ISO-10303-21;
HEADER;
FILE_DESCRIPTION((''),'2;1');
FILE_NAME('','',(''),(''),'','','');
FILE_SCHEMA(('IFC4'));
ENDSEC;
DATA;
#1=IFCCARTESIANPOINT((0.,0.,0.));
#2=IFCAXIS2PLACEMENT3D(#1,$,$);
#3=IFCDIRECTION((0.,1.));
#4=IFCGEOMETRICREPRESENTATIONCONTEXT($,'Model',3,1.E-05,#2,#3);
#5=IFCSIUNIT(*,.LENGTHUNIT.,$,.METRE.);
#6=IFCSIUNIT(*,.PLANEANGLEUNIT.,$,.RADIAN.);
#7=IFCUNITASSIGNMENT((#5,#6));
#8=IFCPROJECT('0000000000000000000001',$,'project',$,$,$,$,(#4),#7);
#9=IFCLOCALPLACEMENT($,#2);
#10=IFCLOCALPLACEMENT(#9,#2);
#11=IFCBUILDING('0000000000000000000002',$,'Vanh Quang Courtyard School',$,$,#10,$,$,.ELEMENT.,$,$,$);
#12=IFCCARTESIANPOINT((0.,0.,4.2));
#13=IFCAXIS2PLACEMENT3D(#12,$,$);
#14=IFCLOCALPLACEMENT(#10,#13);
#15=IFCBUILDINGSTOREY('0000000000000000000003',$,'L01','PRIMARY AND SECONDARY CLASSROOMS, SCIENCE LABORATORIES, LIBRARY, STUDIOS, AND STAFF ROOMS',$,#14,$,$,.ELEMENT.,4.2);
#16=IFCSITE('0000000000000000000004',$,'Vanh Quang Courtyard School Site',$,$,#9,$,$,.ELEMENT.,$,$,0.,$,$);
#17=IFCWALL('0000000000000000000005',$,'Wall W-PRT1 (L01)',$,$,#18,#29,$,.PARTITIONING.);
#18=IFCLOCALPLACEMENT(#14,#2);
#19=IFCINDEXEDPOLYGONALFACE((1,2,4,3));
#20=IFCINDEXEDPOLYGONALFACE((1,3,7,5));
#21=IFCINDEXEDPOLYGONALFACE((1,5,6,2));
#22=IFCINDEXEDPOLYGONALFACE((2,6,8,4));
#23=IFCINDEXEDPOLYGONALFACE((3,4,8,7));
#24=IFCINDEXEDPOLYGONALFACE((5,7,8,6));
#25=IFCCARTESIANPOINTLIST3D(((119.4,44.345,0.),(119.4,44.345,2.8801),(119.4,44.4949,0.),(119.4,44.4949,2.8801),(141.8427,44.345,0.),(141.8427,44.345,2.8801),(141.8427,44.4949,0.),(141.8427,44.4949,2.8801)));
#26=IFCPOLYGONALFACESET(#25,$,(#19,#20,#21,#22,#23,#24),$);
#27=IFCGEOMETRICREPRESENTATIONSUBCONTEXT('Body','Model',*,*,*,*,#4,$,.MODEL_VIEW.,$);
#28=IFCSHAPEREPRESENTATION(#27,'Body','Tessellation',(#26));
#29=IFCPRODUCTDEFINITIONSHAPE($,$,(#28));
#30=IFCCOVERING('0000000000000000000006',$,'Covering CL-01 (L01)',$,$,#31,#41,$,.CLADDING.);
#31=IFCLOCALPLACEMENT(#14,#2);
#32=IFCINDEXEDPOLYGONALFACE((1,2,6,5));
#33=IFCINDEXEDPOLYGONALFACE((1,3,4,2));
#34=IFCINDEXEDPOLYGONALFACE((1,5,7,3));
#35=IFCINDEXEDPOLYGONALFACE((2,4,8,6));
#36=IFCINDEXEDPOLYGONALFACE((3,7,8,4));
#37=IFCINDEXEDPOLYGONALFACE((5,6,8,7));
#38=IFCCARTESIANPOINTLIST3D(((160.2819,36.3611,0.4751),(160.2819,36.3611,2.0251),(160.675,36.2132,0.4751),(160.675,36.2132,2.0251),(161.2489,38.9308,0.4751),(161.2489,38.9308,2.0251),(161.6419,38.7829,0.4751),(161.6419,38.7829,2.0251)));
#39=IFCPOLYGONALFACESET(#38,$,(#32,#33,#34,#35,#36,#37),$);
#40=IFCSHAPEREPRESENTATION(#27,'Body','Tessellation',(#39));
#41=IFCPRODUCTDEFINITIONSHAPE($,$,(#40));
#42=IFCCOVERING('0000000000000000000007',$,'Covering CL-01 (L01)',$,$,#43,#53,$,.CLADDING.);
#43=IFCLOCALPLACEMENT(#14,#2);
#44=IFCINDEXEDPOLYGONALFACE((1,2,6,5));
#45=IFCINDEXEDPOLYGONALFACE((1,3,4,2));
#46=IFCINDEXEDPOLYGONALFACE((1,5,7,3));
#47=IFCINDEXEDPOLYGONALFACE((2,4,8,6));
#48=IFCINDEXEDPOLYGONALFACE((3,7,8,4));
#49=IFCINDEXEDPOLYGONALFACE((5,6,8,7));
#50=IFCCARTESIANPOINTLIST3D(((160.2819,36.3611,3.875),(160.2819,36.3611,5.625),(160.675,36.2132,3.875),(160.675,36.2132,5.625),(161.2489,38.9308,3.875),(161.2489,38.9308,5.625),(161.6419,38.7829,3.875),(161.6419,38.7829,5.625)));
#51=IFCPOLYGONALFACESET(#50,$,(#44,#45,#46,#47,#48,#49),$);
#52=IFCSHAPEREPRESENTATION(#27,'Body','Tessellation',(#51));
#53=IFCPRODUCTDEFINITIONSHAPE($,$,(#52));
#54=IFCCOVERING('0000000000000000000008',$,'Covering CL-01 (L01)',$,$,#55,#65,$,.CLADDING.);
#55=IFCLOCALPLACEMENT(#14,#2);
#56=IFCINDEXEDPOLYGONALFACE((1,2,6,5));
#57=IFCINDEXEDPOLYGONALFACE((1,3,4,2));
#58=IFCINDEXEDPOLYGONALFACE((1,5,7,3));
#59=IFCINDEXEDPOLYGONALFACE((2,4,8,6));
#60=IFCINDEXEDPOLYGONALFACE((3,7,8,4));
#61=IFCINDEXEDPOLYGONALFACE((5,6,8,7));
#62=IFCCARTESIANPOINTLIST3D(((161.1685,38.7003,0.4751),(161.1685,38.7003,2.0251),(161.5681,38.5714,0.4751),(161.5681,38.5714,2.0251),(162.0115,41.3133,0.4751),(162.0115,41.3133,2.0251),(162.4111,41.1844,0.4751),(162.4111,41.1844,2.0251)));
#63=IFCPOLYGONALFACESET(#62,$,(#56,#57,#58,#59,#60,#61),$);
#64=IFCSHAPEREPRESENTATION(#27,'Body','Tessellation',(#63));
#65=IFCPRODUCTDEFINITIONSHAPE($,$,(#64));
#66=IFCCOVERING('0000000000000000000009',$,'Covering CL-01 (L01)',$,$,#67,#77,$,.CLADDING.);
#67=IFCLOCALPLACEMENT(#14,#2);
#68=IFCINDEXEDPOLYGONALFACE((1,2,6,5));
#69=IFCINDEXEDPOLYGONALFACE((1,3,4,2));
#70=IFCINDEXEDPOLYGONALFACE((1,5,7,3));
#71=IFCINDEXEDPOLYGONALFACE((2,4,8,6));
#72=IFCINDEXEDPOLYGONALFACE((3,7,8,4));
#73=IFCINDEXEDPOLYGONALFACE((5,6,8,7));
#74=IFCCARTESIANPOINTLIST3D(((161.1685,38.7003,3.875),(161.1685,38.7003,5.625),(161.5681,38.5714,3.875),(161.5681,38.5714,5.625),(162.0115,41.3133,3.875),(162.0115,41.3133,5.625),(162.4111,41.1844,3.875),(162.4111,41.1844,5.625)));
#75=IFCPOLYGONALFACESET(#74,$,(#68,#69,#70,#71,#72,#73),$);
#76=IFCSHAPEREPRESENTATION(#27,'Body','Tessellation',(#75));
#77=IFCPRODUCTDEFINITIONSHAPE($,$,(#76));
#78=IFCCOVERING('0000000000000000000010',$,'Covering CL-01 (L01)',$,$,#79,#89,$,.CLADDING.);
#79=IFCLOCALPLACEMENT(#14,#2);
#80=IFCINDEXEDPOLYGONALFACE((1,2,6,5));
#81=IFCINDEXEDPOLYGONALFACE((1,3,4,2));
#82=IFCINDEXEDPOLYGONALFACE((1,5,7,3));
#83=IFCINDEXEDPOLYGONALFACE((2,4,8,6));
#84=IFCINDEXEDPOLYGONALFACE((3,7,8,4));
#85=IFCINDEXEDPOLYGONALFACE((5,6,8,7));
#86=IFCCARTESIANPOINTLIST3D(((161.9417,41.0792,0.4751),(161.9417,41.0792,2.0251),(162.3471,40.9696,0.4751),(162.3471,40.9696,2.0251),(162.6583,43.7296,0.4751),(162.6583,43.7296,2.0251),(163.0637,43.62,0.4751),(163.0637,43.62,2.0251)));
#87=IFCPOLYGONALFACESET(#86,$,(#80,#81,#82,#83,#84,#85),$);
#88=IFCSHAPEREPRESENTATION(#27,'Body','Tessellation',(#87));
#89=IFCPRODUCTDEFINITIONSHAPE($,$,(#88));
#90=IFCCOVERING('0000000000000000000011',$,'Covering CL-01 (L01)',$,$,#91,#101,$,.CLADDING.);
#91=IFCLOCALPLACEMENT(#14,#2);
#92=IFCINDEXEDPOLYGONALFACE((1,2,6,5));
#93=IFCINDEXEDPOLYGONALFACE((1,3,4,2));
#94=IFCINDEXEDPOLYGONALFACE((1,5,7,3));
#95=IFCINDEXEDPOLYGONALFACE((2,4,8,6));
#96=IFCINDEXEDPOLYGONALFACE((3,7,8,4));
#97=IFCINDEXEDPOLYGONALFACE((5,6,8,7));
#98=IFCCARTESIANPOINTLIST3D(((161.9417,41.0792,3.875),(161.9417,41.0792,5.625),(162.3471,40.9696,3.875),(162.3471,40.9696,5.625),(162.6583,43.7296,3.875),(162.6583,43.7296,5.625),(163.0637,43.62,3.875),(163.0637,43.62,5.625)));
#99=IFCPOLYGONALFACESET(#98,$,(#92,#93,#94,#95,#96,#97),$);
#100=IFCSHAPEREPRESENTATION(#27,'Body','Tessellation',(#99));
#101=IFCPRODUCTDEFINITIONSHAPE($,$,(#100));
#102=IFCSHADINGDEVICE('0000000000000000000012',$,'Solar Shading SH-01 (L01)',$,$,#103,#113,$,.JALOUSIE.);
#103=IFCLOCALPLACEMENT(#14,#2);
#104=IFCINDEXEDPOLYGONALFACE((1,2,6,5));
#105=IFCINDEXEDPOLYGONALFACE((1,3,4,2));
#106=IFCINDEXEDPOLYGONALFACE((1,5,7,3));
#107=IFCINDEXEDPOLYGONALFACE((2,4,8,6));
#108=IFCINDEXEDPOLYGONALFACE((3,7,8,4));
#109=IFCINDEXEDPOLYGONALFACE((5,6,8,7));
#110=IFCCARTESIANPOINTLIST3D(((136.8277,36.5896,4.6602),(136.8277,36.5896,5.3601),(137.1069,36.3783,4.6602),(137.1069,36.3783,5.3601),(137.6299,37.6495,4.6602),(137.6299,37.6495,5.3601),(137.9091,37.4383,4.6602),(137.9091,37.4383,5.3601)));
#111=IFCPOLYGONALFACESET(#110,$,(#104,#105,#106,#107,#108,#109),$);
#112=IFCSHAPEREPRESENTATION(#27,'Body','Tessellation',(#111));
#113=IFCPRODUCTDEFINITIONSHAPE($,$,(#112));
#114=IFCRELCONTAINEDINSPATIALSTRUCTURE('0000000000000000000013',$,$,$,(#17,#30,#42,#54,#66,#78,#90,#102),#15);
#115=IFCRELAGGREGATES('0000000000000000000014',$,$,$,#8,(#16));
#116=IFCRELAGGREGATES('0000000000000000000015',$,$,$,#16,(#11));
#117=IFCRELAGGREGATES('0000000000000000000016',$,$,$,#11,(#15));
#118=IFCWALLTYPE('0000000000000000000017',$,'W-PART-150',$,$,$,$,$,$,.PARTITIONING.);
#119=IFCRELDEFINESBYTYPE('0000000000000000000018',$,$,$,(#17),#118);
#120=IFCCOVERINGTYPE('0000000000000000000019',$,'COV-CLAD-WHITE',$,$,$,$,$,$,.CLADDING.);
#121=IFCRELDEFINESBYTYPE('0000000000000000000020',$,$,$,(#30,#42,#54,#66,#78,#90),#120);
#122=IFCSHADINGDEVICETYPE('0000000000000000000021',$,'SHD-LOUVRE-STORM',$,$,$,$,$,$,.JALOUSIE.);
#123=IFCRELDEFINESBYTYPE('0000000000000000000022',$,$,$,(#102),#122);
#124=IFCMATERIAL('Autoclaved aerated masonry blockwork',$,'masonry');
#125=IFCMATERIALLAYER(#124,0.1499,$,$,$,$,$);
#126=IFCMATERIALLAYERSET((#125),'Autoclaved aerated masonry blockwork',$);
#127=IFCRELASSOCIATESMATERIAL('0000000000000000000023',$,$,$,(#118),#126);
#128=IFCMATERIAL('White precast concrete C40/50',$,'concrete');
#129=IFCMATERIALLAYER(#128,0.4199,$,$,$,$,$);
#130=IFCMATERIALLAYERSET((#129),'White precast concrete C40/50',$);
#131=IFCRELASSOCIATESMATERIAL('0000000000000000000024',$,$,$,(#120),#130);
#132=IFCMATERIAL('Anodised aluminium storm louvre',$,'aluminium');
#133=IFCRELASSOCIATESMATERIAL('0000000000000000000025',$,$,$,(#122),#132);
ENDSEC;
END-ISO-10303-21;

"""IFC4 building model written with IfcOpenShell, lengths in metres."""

from ifc_helpers import new_model, si_unit, direction, frame, frame_2d, origin, origin_2d, place, context, subcontext, project, spatial, rectangle, extrude, material, layer, layer_set, type_object, element, save


model = new_model("IFC4")

# Units and contexts
model_context = context("Model", 3, precision=1e-05, world=origin(), true_north=direction((0.0, 1.0)))
body_context = subcontext(model_context, "Body", "Model", "MODEL_VIEW")
ifc_project = project(units=[si_unit("LENGTHUNIT", "METRE"), si_unit("PLANEANGLEUNIT", "RADIAN")], contexts=[model_context])

# Site, building, storey
site_placement = place(None, origin())
site = spatial("IfcSite", under=ifc_project, at=site_placement, Name="Vanh Quang Courtyard School Site", CompositionType="ELEMENT", RefElevation=0.0)
building_placement = place(site_placement, origin())
building = spatial("IfcBuilding", under=site, at=building_placement, Name="Vanh Quang Courtyard School", CompositionType="ELEMENT")
storey_placement = place(building_placement, frame((0.0, 0.0, 4.2)))
storey = spatial("IfcBuildingStorey", under=building, at=storey_placement, Name="L01", Description="PRIMARY AND SECONDARY CLASSROOMS, SCIENCE LABORATORIES, LIBRARY, STUDIOS, AND STAFF ROOMS", CompositionType="ELEMENT", Elevation=4.2)

# Wall
ifc_material_1 = material(Name="Autoclaved aerated masonry blockwork", Category="masonry")
ifc_layer_1 = layer(ifc_material_1, 0.1499)
ifc_layer_set_1 = layer_set([ifc_layer_1], Name="Autoclaved aerated masonry blockwork")
wall_type_1 = type_object("IfcWallType", Name="W-PART-150", PredefinedType="PARTITIONING", material=ifc_layer_set_1)
wall_1_placement = place(storey_placement, frame((141.8425, 44.4199, 0.0), z_axis=(0.0, 0.0, 1.0), x_axis=(-1.0, 0.0, 0.0)))
element("IfcWall", 1, at=wall_1_placement, inside=storey, type_object=wall_type_1, Name="Wall W-PRT1 (L01)", PredefinedType="PARTITIONING", context=body_context, shape_type="SweptSolid", body=[
    extrude(rectangle(XDim=22.4426, YDim=0.1499, at=frame_2d((11.2212, 0.0))), origin(), (0.0, 0.0, 1.0), 2.8801),
])

# Coverings
ifc_material_2 = material(Name="White precast concrete C40/50", Category="concrete")
ifc_layer_2 = layer(ifc_material_2, 0.4199)
ifc_layer_set_2 = layer_set([ifc_layer_2], Name="White precast concrete C40/50")
covering_type = type_object("IfcCoveringType", Name="COV-CLAD-WHITE", PredefinedType="CLADDING", material=ifc_layer_set_2)
covering_1_placement = place(storey_placement, frame((160.9619, 37.572, 0.4751), z_axis=(0.0, 0.0, 1.0), x_axis=(0.352168, 0.935937, 0.0)))
element("IfcCovering", 2, at=covering_1_placement, inside=storey, type_object=covering_type, Name="Covering CL-01 (L01)", PredefinedType="CLADDING", context=body_context, shape_type="SweptSolid", body=[
    extrude(rectangle(XDim=2.7456, YDim=0.4199, at=origin_2d()), origin(), (0.0, 0.0, 1.0), 1.55),
])
covering_2_placement = place(storey_placement, frame((160.9619, 37.572, 3.875), z_axis=(0.0, 0.0, 1.0), x_axis=(0.352168, 0.935937, 0.0)))
element("IfcCovering", 3, at=covering_2_placement, inside=storey, type_object=covering_type, Name="Covering CL-01 (L01)", PredefinedType="CLADDING", context=body_context, shape_type="SweptSolid", body=[
    extrude(rectangle(XDim=2.7456, YDim=0.4199, at=origin_2d()), origin(), (0.0, 0.0, 1.0), 1.75),
])
covering_3_placement = place(storey_placement, frame((161.7898, 39.9424, 0.4751), z_axis=(0.0, 0.0, 1.0), x_axis=(0.307024, 0.951702, 0.0)))
element("IfcCovering", 4, at=covering_3_placement, inside=storey, type_object=covering_type, Name="Covering CL-01 (L01)", PredefinedType="CLADDING", context=body_context, shape_type="SweptSolid", body=[
    extrude(rectangle(XDim=2.7456, YDim=0.4199, at=origin_2d()), origin(), (0.0, 0.0, 1.0), 1.55),
])
covering_4_placement = place(storey_placement, frame((161.7898, 39.9424, 3.875), z_axis=(0.0, 0.0, 1.0), x_axis=(0.307024, 0.951702, 0.0)))
element("IfcCovering", 5, at=covering_4_placement, inside=storey, type_object=covering_type, Name="Covering CL-01 (L01)", PredefinedType="CLADDING", context=body_context, shape_type="SweptSolid", body=[
    extrude(rectangle(XDim=2.7456, YDim=0.4199, at=origin_2d()), origin(), (0.0, 0.0, 1.0), 1.75),
])
covering_5_placement = place(storey_placement, frame((162.5027, 42.3496, 0.4751), z_axis=(0.0, 0.0, 1.0), x_axis=(0.26101, 0.965336, 0.0)))
element("IfcCovering", 6, at=covering_5_placement, inside=storey, type_object=covering_type, Name="Covering CL-01 (L01)", PredefinedType="CLADDING", context=body_context, shape_type="SweptSolid", body=[
    extrude(rectangle(XDim=2.7456, YDim=0.4199, at=origin_2d()), origin(), (0.0, 0.0, 1.0), 1.55),
])
covering_6_placement = place(storey_placement, frame((162.5027, 42.3496, 3.875), z_axis=(0.0, 0.0, 1.0), x_axis=(0.26101, 0.965336, 0.0)))
element("IfcCovering", 7, at=covering_6_placement, inside=storey, type_object=covering_type, Name="Covering CL-01 (L01)", PredefinedType="CLADDING", context=body_context, shape_type="SweptSolid", body=[
    extrude(rectangle(XDim=2.7456, YDim=0.4199, at=origin_2d()), origin(), (0.0, 0.0, 1.0), 1.75),
])

# Shading device
ifc_material_3 = material(Name="Anodised aluminium storm louvre", Category="aluminium")
shading_device_type = type_object("IfcShadingDeviceType", Name="SHD-LOUVRE-STORM", PredefinedType="JALOUSIE", material=ifc_material_3)
shading_device_placement = place(storey_placement, frame((137.3684, 37.0139, 4.6602), z_axis=(0.0, 0.0, 1.0), x_axis=(0.603486, 0.797373, 0.0)))
element("IfcShadingDevice", 8, at=shading_device_placement, inside=storey, type_object=shading_device_type, Name="Solar Shading SH-01 (L01)", PredefinedType="JALOUSIE", context=body_context, shape_type="SweptSolid", body=[
    extrude(rectangle(XDim=1.3293, YDim=0.3501, at=origin_2d()), origin(), (0.0, 0.0, 1.0), 0.7),
])

save(model, "model.ifc")
